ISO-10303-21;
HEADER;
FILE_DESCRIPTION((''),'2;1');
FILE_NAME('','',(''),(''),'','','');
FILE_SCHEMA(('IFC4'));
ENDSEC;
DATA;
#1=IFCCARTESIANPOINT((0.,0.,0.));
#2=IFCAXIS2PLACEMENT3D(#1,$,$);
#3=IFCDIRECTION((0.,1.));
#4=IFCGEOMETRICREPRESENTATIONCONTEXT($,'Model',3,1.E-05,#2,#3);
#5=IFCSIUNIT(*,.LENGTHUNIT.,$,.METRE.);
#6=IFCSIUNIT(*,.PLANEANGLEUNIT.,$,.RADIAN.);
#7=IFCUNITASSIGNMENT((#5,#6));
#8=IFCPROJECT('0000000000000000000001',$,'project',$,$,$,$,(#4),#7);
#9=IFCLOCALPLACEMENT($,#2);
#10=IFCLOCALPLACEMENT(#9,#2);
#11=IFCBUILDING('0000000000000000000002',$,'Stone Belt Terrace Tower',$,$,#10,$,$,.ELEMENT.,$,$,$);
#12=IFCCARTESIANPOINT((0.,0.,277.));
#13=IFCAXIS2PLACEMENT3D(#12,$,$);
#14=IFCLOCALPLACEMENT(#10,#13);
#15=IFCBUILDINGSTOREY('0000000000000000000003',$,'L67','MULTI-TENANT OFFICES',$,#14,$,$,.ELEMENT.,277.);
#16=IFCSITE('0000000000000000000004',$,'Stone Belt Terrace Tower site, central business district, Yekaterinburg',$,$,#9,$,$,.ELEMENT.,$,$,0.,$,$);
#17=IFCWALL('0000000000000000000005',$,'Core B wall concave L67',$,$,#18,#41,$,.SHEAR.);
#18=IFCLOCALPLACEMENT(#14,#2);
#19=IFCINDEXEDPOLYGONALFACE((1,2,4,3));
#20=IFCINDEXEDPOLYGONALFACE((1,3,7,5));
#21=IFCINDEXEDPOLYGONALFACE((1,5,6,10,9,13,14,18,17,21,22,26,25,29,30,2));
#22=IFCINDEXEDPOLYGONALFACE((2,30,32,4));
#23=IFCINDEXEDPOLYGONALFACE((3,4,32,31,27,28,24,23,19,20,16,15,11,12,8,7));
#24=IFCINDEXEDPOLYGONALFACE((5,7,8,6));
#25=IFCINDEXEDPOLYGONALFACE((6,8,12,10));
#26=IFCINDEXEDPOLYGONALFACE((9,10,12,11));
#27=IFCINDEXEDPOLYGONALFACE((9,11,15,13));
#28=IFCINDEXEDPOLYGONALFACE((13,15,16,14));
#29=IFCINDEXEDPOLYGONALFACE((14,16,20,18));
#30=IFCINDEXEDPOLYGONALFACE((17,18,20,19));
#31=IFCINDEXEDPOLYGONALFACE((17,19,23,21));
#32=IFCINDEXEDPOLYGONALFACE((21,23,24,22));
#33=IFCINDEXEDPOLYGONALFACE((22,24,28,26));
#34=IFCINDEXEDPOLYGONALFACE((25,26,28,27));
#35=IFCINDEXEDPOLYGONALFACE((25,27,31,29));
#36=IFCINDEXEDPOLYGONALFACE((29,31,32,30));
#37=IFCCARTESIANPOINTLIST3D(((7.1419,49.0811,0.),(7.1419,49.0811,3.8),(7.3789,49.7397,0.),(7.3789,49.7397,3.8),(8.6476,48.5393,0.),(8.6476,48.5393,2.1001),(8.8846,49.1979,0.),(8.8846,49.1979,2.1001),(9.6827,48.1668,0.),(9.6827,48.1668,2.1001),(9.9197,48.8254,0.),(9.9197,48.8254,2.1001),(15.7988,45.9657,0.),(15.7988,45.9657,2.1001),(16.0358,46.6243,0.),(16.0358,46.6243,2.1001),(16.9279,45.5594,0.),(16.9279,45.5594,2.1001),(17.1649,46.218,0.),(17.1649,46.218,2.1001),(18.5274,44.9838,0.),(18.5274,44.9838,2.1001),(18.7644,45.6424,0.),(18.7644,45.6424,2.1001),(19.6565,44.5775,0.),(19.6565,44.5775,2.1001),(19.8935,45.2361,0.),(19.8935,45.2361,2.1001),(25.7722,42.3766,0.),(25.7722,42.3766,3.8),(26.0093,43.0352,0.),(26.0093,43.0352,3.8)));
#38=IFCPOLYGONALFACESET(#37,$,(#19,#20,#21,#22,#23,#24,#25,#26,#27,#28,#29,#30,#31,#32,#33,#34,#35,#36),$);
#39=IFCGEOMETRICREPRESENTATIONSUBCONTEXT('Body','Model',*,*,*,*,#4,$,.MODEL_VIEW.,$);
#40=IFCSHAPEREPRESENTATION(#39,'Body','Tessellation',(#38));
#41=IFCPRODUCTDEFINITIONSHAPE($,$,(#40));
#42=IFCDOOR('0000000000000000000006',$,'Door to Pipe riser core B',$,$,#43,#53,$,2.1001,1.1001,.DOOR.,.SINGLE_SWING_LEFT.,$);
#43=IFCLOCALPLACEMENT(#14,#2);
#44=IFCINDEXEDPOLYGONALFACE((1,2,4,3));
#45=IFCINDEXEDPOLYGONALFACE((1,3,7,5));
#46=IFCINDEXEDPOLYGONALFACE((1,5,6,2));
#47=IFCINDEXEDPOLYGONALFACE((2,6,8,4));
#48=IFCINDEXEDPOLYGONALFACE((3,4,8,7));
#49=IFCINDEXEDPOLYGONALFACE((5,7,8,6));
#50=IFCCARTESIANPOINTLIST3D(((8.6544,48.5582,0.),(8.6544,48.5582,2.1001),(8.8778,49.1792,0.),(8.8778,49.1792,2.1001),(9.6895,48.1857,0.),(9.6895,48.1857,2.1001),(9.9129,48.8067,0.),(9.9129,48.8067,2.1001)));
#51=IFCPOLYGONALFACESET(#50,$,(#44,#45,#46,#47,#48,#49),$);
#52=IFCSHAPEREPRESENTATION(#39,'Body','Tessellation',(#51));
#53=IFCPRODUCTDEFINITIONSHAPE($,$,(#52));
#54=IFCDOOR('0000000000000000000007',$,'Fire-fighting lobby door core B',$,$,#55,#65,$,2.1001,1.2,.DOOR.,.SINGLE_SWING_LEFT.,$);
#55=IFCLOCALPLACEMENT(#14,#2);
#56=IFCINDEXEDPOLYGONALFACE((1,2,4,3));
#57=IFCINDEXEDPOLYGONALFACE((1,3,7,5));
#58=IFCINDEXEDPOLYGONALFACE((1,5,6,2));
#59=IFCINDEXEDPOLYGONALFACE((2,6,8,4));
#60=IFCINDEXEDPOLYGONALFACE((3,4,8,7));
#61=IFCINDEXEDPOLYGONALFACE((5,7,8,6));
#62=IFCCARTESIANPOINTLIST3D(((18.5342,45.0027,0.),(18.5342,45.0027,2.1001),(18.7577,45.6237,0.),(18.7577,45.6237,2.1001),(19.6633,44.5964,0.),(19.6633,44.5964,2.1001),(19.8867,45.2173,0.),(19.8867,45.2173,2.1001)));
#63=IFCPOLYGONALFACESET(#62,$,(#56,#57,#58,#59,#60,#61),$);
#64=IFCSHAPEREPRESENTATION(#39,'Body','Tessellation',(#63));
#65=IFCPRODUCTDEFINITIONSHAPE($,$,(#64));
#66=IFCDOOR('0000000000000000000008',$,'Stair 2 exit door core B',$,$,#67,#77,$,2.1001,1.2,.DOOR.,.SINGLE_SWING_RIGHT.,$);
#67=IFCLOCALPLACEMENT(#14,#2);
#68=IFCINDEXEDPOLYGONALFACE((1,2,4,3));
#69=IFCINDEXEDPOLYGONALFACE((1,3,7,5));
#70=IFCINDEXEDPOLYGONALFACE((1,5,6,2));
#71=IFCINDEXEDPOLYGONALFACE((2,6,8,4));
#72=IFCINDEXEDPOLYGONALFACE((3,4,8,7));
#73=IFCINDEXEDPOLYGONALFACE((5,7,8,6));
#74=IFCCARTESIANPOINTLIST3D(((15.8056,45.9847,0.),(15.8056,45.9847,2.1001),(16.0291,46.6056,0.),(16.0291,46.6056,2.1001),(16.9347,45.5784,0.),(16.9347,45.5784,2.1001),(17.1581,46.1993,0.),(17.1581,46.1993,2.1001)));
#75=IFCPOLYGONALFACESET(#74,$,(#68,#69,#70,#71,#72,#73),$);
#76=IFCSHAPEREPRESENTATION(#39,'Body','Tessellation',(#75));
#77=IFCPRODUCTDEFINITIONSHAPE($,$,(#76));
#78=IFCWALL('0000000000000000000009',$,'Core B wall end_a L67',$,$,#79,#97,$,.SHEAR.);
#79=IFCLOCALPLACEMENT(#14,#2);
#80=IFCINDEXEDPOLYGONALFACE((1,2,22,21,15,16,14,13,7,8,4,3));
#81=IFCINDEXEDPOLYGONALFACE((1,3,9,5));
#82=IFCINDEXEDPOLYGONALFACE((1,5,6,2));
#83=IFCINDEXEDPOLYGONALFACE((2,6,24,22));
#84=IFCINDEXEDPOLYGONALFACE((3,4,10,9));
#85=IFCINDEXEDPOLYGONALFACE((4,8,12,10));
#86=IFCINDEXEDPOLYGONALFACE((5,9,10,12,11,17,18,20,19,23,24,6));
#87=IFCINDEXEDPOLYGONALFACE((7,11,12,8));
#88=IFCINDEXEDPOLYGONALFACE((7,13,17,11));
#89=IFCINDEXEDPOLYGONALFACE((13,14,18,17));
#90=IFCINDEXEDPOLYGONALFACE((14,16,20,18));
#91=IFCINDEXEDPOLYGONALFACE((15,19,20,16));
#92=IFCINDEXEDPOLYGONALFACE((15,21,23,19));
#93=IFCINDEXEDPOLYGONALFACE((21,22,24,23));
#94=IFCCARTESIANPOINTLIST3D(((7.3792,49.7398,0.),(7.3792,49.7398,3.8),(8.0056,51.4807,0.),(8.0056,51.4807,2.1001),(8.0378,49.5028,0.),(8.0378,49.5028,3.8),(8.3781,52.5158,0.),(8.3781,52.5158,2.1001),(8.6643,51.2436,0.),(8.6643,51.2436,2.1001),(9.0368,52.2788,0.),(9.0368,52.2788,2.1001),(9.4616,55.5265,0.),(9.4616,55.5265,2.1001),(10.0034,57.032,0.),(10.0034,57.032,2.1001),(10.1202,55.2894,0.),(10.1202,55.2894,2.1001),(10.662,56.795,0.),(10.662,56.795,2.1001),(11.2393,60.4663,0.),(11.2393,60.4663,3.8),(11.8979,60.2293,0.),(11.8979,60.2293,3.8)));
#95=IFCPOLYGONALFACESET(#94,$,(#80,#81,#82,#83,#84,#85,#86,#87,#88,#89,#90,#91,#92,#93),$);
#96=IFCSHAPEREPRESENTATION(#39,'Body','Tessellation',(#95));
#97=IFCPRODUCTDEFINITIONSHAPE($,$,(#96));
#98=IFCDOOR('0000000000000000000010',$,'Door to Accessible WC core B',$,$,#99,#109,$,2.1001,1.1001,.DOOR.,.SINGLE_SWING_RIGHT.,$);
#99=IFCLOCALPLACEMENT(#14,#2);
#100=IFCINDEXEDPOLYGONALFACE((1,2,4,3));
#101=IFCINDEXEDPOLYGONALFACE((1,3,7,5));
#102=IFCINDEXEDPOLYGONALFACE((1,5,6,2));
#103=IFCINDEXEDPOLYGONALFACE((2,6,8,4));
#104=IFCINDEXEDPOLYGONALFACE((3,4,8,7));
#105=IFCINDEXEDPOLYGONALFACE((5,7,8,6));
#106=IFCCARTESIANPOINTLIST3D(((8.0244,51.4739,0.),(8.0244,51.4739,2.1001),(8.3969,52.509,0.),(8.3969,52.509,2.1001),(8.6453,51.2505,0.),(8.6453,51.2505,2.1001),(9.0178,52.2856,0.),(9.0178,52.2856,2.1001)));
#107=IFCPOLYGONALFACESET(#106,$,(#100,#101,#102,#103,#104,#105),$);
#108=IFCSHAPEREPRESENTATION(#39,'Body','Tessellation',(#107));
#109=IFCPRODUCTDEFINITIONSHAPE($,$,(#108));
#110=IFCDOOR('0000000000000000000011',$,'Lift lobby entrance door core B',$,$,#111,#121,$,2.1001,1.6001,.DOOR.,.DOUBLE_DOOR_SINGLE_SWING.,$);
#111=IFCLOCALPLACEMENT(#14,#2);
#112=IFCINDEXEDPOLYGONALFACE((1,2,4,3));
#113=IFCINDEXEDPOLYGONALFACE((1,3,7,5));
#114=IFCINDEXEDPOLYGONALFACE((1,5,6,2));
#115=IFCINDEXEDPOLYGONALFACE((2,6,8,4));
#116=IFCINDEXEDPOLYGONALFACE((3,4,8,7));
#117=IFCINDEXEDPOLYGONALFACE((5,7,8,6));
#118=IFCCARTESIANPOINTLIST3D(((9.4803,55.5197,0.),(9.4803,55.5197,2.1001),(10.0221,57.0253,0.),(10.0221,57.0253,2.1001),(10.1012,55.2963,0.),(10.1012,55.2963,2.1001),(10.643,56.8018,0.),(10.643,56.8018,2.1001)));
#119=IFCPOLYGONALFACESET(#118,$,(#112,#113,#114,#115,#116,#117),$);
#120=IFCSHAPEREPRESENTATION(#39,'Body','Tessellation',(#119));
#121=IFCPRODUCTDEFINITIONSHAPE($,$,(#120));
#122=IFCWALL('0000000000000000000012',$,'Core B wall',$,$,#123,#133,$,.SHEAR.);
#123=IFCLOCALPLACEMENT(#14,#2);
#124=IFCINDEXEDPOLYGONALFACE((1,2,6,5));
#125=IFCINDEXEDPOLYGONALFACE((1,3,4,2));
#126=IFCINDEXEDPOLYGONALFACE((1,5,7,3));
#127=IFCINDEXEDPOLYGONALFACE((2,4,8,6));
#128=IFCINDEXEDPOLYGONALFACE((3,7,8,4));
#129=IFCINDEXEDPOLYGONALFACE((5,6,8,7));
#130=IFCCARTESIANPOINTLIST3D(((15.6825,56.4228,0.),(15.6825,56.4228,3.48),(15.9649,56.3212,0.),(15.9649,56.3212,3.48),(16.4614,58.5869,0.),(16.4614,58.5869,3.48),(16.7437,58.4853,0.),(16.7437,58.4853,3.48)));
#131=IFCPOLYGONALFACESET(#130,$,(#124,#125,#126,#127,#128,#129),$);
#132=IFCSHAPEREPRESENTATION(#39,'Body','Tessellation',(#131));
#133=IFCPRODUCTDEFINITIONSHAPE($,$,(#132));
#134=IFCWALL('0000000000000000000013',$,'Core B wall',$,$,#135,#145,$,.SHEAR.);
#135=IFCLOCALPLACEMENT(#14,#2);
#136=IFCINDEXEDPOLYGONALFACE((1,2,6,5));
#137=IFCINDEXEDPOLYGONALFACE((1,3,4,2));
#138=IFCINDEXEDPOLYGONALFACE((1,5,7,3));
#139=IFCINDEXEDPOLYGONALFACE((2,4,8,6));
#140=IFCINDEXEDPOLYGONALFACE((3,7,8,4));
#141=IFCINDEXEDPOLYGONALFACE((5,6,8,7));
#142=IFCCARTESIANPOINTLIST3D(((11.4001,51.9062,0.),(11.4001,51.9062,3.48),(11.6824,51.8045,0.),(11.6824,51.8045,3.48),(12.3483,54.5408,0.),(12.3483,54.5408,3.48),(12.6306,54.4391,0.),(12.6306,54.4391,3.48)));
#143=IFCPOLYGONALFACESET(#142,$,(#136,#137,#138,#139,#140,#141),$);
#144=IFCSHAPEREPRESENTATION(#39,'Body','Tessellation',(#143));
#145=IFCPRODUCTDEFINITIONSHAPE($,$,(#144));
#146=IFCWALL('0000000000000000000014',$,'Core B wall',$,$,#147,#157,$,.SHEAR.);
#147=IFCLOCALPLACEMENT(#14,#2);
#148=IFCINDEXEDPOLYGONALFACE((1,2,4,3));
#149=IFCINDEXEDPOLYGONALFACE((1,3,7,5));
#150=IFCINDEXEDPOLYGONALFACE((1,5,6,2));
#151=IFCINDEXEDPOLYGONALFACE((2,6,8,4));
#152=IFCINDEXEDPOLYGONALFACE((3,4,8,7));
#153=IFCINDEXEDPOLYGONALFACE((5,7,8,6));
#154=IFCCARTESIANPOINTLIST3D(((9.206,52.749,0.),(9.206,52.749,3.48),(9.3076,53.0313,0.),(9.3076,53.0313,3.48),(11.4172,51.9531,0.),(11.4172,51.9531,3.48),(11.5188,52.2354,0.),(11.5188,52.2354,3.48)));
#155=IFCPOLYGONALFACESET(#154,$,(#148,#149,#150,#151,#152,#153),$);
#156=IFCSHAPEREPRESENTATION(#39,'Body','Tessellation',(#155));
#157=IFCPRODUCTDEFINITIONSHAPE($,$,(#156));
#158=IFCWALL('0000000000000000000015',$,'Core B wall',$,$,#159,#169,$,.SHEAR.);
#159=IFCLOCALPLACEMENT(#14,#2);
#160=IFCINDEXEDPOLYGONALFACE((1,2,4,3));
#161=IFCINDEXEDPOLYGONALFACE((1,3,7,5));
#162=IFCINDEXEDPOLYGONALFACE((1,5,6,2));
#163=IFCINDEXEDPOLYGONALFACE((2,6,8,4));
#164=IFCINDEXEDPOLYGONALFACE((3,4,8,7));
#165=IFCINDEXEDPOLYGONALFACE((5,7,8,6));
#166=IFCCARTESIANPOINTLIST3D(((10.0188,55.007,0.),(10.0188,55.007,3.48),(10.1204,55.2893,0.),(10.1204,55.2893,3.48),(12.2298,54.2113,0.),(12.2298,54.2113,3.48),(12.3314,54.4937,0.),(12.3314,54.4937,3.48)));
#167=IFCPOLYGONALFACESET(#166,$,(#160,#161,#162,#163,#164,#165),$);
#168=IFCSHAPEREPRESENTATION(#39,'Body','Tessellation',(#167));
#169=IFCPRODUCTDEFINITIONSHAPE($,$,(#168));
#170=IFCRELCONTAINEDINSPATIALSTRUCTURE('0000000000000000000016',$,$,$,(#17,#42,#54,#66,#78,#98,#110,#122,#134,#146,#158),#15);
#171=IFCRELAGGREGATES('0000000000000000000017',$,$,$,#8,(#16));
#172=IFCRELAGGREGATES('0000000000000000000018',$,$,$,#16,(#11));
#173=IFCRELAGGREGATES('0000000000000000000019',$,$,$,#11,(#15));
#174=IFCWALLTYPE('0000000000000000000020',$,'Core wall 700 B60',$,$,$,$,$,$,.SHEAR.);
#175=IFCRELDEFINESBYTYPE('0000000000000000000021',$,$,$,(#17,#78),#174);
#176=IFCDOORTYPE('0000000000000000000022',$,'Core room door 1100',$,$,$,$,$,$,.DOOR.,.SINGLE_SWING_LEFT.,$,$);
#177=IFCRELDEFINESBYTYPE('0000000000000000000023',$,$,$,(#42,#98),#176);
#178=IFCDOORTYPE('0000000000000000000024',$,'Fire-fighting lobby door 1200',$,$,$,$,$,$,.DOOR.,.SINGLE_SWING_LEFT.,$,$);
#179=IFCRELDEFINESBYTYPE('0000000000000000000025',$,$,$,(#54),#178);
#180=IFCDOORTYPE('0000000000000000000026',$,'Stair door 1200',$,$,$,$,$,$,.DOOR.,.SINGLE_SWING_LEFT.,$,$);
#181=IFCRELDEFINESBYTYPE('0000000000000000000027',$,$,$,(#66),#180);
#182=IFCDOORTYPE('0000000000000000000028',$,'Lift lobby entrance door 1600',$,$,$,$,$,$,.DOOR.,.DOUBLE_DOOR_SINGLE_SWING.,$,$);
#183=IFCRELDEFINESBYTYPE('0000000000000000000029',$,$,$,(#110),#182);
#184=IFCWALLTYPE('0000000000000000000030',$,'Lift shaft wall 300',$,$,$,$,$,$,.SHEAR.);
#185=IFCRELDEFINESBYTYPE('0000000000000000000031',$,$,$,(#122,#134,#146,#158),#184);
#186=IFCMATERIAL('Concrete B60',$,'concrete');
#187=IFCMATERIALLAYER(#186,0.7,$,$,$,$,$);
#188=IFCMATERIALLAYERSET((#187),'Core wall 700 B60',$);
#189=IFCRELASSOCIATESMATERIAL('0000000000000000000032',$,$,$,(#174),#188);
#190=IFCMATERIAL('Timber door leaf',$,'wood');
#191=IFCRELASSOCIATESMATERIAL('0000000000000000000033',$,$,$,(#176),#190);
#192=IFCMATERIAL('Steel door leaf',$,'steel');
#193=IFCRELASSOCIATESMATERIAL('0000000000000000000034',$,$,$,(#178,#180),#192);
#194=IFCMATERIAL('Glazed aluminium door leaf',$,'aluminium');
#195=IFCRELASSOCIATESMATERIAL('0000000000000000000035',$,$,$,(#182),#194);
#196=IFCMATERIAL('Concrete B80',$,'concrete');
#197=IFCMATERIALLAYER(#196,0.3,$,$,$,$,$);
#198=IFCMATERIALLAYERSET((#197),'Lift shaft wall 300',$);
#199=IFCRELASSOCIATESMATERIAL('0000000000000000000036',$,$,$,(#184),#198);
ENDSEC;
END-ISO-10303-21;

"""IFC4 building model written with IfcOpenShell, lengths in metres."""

from ifc_helpers import new_model, si_unit, direction, frame, frame_2d, origin, place, context, subcontext, project, spatial, rectangle, extrude, material, layer, layer_set, type_object, element, fill, save


model = new_model("IFC4")

# Units and contexts
model_context = context("Model", 3, precision=1e-05, world=origin(), true_north=direction((0.0, 1.0)))
body_context = subcontext(model_context, "Body", "Model", "MODEL_VIEW")
ifc_project = project(units=[si_unit("LENGTHUNIT", "METRE"), si_unit("PLANEANGLEUNIT", "RADIAN")], contexts=[model_context])

# Site, building, storey
site_placement = place(None, origin())
site = spatial("IfcSite", under=ifc_project, at=site_placement, Name="Stone Belt Terrace Tower site, central business district, Yekaterinburg", CompositionType="ELEMENT", RefElevation=0.0)
building_placement = place(site_placement, origin())
building = spatial("IfcBuilding", under=site, at=building_placement, Name="Stone Belt Terrace Tower", CompositionType="ELEMENT")
storey_placement = place(building_placement, frame((0.0, 0.0, 277.0)))
storey = spatial("IfcBuildingStorey", under=building, at=storey_placement, Name="L67", Description="MULTI-TENANT OFFICES", CompositionType="ELEMENT", Elevation=277.0)

# Shared definitions
ifc_material_1 = material(Name="Concrete B60", Category="concrete")

# Shared definitions
ifc_material_2 = material(Name="Glazed aluminium door leaf", Category="aluminium")

# Walls, openings, doors
ifc_material_3 = material(Name="Timber door leaf", Category="wood")
ifc_layer_1 = layer(ifc_material_1, 0.7)
ifc_layer_set_1 = layer_set([ifc_layer_1], Name="Core wall 700 B60")
wall_type_1 = type_object("IfcWallType", Name="Core wall 700 B60", PredefinedType="SHEAR", material=ifc_layer_set_1)
wall_1_placement = place(storey_placement, frame((7.2605, 49.4104, 0.0), z_axis=(0.0, 0.0, 1.0), x_axis=(0.940925, -0.338615, 0.0)))
wall_1 = element("IfcWall", 1, at=wall_1_placement, inside=storey, type_object=wall_type_1, Name="Core B wall concave L67", PredefinedType="SHEAR", context=body_context, shape_type="SweptSolid", body=[
    extrude(rectangle(XDim=19.8, YDim=0.7, at=frame_2d((9.8999, 0.0))), origin(), (0.0, 0.0, 1.0), 3.8),
])
opening_1_placement = place(wall_1_placement, frame((12.1001, 0.0, 0.0)))
opening_1 = element("IfcOpeningElement", 2, at=opening_1_placement, cuts=wall_1, PredefinedType="OPENING", context=body_context, shape_type="SweptSolid", body=[
    extrude(rectangle(XDim=1.2, YDim=2.1001, at=frame_2d((0.6001, 1.05))), frame((0.0, 0.3599, 0.0), z_axis=(0.0, -1.0, 0.0), x_axis=(1.0, 0.0, 0.0)), (0.0, 0.0, 1.0), 0.72),
])
opening_2_placement = place(wall_1_placement, frame((9.2002, 0.0, 0.0)))
opening_2 = element("IfcOpeningElement", 3, at=opening_2_placement, cuts=wall_1, PredefinedType="OPENING", context=body_context, shape_type="SweptSolid", body=[
    extrude(rectangle(XDim=1.2, YDim=2.1001, at=frame_2d((0.6001, 1.05))), frame((0.0, 0.3599, 0.0), z_axis=(0.0, -1.0, 0.0), x_axis=(1.0, 0.0, 0.0)), (0.0, 0.0, 1.0), 0.72),
])
opening_3_placement = place(wall_1_placement, frame((1.6001, 0.0, 0.0)))
opening_3 = element("IfcOpeningElement", 4, at=opening_3_placement, cuts=wall_1, PredefinedType="OPENING", context=body_context, shape_type="SweptSolid", body=[
    extrude(rectangle(XDim=1.1001, YDim=2.1001, at=frame_2d((0.55, 1.05))), frame((0.0, 0.3599, 0.0), z_axis=(0.0, -1.0, 0.0), x_axis=(1.0, 0.0, 0.0)), (0.0, 0.0, 1.0), 0.72),
])
door_type_1 = type_object("IfcDoorType", Name="Core room door 1100", OperationType="SINGLE_SWING_LEFT", PredefinedType="DOOR", material=ifc_material_3)
door_1_placement = place(opening_3_placement, origin())
door_1 = element("IfcDoor", 5, at=door_1_placement, inside=storey, type_object=door_type_1, Name="Door to Pipe riser core B", OperationType="SINGLE_SWING_LEFT", OverallHeight=2.1001, OverallWidth=1.1001, PredefinedType="DOOR", context=body_context, shape_type="SweptSolid", body=[
    extrude(rectangle(XDim=1.1001, YDim=2.1001, at=frame_2d((0.55, 1.05))), frame((0.0, 0.3301, 0.0), z_axis=(0.0, -1.0, 0.0), x_axis=(1.0, 0.0, 0.0)), (0.0, 0.0, 1.0), 0.6599),
])
fill(opening_3, door_1)
ifc_material_4 = material(Name="Steel door leaf", Category="steel")
door_type_2 = type_object("IfcDoorType", Name="Fire-fighting lobby door 1200", OperationType="SINGLE_SWING_LEFT", PredefinedType="DOOR", material=ifc_material_4)
door_2_placement = place(opening_1_placement, origin())
door_2 = element("IfcDoor", 6, at=door_2_placement, inside=storey, type_object=door_type_2, Name="Fire-fighting lobby door core B", OperationType="SINGLE_SWING_LEFT", OverallHeight=2.1001, OverallWidth=1.2, PredefinedType="DOOR", context=body_context, shape_type="SweptSolid", body=[
    extrude(rectangle(XDim=1.2, YDim=2.1001, at=frame_2d((0.6001, 1.05))), frame((0.0, 0.3301, 0.0), z_axis=(0.0, -1.0, 0.0), x_axis=(1.0, 0.0, 0.0)), (0.0, 0.0, 1.0), 0.6599),
])
fill(opening_1, door_2)
door_type_3 = type_object("IfcDoorType", Name="Stair door 1200", OperationType="SINGLE_SWING_LEFT", PredefinedType="DOOR", material=ifc_material_4)
door_3_placement = place(opening_2_placement, origin())
door_3 = element("IfcDoor", 7, at=door_3_placement, inside=storey, type_object=door_type_3, Name="Stair 2 exit door core B", OperationType="SINGLE_SWING_RIGHT", OverallHeight=2.1001, OverallWidth=1.2, PredefinedType="DOOR", context=body_context, shape_type="SweptSolid", body=[
    extrude(rectangle(XDim=1.2, YDim=2.1001, at=frame_2d((0.6001, 1.05))), frame((0.0, 0.3301, 0.0), z_axis=(0.0, -1.0, 0.0), x_axis=(1.0, 0.0, 0.0)), (0.0, 0.0, 1.0), 0.6599),
])
fill(opening_2, door_3)
wall_2_placement = place(storey_placement, frame((7.7085, 49.6213, 0.0), z_axis=(0.0, 0.0, 1.0), x_axis=(0.338606, 0.940928, 0.0)))
wall_2 = element("IfcWall", 8, at=wall_2_placement, inside=storey, type_object=wall_type_1, Name="Core B wall end_a L67", PredefinedType="SHEAR", context=body_context, shape_type="SweptSolid", body=[
    extrude(rectangle(XDim=11.3999, YDim=0.7, at=frame_2d((5.7, 0.0))), origin(), (0.0, 0.0, 1.0), 3.8),
])
opening_4_placement = place(wall_2_placement, frame((6.1499, 0.0, 0.0)))
opening_4 = element("IfcOpeningElement", 9, at=opening_4_placement, cuts=wall_2, PredefinedType="OPENING", context=body_context, shape_type="SweptSolid", body=[
    extrude(rectangle(XDim=1.6001, YDim=2.1001, at=frame_2d((0.8, 1.05))), frame((0.0, 0.3599, 0.0), z_axis=(0.0, -1.0, 0.0), x_axis=(1.0, 0.0, 0.0)), (0.0, 0.0, 1.0), 0.72),
])
opening_5_placement = place(wall_2_placement, frame((1.8501, 0.0, 0.0)))
opening_5 = element("IfcOpeningElement", 10, at=opening_5_placement, cuts=wall_2, PredefinedType="OPENING", context=body_context, shape_type="SweptSolid", body=[
    extrude(rectangle(XDim=1.1001, YDim=2.1001, at=frame_2d((0.55, 1.05))), frame((0.0, 0.3599, 0.0), z_axis=(0.0, -1.0, 0.0), x_axis=(1.0, 0.0, 0.0)), (0.0, 0.0, 1.0), 0.72),
])
door_4_placement = place(opening_5_placement, origin())
door_4 = element("IfcDoor", 11, at=door_4_placement, inside=storey, type_object=door_type_1, Name="Door to Accessible WC core B", OperationType="SINGLE_SWING_RIGHT", OverallHeight=2.1001, OverallWidth=1.1001, PredefinedType="DOOR", context=body_context, shape_type="SweptSolid", body=[
    extrude(rectangle(XDim=1.1001, YDim=2.1001, at=frame_2d((0.55, 1.05))), frame((0.0, 0.3301, 0.0), z_axis=(0.0, -1.0, 0.0), x_axis=(1.0, 0.0, 0.0)), (0.0, 0.0, 1.0), 0.6599),
])
fill(opening_5, door_4)
door_type_4 = type_object("IfcDoorType", Name="Lift lobby entrance door 1600", OperationType="DOUBLE_DOOR_SINGLE_SWING", PredefinedType="DOOR", material=ifc_material_2)
door_5_placement = place(opening_4_placement, origin())
door_5 = element("IfcDoor", 12, at=door_5_placement, inside=storey, type_object=door_type_4, Name="Lift lobby entrance door core B", OperationType="DOUBLE_DOOR_SINGLE_SWING", OverallHeight=2.1001, OverallWidth=1.6001, PredefinedType="DOOR", context=body_context, shape_type="SweptSolid", body=[
    extrude(rectangle(XDim=1.6001, YDim=2.1001, at=frame_2d((0.8, 1.05))), frame((0.0, 0.3301, 0.0), z_axis=(0.0, -1.0, 0.0), x_axis=(1.0, 0.0, 0.0)), (0.0, 0.0, 1.0), 0.6599),
])
fill(opening_4, door_5)

# Walls
ifc_material_5 = material(Name="Concrete B80", Category="concrete")
ifc_layer_2 = layer(ifc_material_5, 0.3)
ifc_layer_set_2 = layer_set([ifc_layer_2], Name="Lift shaft wall 300")
wall_type_2 = type_object("IfcWallType", Name="Lift shaft wall 300", PredefinedType="SHEAR", material=ifc_layer_set_2)
wall_3_placement = place(storey_placement, frame((15.8237, 56.3721, 0.0), z_axis=(0.0, 0.0, 1.0), x_axis=(0.338622, 0.940923, 0.0)))
element("IfcWall", 13, at=wall_3_placement, inside=storey, type_object=wall_type_2, Name="Core B wall", PredefinedType="SHEAR", context=body_context, shape_type="SweptSolid", body=[
    extrude(rectangle(XDim=2.3, YDim=0.3, at=frame_2d((1.1499, 0.0))), origin(), (0.0, 0.0, 1.0), 3.48),
])
wall_4_placement = place(storey_placement, frame((11.5413, 51.8555, 0.0), z_axis=(0.0, 0.0, 1.0), x_axis=(0.338661, 0.940909, 0.0)))
element("IfcWall", 14, at=wall_4_placement, inside=storey, type_object=wall_type_2, Name="Core B wall", PredefinedType="SHEAR", context=body_context, shape_type="SweptSolid", body=[
    extrude(rectangle(XDim=2.8, YDim=0.3, at=frame_2d((1.3999, 0.0))), origin(), (0.0, 0.0, 1.0), 3.48),
])
wall_5_placement = place(storey_placement, frame((11.468, 52.0942, 0.0), z_axis=(0.0, 0.0, 1.0), x_axis=(-0.940905, 0.338672, 0.0)))
element("IfcWall", 15, at=wall_5_placement, inside=storey, type_object=wall_type_2, Name="Core B wall", PredefinedType="SHEAR", context=body_context, shape_type="SweptSolid", body=[
    extrude(rectangle(XDim=2.3501, YDim=0.3, at=frame_2d((1.175, 0.0))), origin(), (0.0, 0.0, 1.0), 3.48),
])
wall_6_placement = place(storey_placement, frame((12.2805, 54.3525, 0.0), z_axis=(0.0, 0.0, 1.0), x_axis=(-0.940926, 0.338613, 0.0)))
element("IfcWall", 16, at=wall_6_placement, inside=storey, type_object=wall_type_2, Name="Core B wall", PredefinedType="SHEAR", context=body_context, shape_type="SweptSolid", body=[
    extrude(rectangle(XDim=2.3499, YDim=0.3, at=frame_2d((1.1748, 0.0))), origin(), (0.0, 0.0, 1.0), 3.48),
])

save(model, "model.ifc")
